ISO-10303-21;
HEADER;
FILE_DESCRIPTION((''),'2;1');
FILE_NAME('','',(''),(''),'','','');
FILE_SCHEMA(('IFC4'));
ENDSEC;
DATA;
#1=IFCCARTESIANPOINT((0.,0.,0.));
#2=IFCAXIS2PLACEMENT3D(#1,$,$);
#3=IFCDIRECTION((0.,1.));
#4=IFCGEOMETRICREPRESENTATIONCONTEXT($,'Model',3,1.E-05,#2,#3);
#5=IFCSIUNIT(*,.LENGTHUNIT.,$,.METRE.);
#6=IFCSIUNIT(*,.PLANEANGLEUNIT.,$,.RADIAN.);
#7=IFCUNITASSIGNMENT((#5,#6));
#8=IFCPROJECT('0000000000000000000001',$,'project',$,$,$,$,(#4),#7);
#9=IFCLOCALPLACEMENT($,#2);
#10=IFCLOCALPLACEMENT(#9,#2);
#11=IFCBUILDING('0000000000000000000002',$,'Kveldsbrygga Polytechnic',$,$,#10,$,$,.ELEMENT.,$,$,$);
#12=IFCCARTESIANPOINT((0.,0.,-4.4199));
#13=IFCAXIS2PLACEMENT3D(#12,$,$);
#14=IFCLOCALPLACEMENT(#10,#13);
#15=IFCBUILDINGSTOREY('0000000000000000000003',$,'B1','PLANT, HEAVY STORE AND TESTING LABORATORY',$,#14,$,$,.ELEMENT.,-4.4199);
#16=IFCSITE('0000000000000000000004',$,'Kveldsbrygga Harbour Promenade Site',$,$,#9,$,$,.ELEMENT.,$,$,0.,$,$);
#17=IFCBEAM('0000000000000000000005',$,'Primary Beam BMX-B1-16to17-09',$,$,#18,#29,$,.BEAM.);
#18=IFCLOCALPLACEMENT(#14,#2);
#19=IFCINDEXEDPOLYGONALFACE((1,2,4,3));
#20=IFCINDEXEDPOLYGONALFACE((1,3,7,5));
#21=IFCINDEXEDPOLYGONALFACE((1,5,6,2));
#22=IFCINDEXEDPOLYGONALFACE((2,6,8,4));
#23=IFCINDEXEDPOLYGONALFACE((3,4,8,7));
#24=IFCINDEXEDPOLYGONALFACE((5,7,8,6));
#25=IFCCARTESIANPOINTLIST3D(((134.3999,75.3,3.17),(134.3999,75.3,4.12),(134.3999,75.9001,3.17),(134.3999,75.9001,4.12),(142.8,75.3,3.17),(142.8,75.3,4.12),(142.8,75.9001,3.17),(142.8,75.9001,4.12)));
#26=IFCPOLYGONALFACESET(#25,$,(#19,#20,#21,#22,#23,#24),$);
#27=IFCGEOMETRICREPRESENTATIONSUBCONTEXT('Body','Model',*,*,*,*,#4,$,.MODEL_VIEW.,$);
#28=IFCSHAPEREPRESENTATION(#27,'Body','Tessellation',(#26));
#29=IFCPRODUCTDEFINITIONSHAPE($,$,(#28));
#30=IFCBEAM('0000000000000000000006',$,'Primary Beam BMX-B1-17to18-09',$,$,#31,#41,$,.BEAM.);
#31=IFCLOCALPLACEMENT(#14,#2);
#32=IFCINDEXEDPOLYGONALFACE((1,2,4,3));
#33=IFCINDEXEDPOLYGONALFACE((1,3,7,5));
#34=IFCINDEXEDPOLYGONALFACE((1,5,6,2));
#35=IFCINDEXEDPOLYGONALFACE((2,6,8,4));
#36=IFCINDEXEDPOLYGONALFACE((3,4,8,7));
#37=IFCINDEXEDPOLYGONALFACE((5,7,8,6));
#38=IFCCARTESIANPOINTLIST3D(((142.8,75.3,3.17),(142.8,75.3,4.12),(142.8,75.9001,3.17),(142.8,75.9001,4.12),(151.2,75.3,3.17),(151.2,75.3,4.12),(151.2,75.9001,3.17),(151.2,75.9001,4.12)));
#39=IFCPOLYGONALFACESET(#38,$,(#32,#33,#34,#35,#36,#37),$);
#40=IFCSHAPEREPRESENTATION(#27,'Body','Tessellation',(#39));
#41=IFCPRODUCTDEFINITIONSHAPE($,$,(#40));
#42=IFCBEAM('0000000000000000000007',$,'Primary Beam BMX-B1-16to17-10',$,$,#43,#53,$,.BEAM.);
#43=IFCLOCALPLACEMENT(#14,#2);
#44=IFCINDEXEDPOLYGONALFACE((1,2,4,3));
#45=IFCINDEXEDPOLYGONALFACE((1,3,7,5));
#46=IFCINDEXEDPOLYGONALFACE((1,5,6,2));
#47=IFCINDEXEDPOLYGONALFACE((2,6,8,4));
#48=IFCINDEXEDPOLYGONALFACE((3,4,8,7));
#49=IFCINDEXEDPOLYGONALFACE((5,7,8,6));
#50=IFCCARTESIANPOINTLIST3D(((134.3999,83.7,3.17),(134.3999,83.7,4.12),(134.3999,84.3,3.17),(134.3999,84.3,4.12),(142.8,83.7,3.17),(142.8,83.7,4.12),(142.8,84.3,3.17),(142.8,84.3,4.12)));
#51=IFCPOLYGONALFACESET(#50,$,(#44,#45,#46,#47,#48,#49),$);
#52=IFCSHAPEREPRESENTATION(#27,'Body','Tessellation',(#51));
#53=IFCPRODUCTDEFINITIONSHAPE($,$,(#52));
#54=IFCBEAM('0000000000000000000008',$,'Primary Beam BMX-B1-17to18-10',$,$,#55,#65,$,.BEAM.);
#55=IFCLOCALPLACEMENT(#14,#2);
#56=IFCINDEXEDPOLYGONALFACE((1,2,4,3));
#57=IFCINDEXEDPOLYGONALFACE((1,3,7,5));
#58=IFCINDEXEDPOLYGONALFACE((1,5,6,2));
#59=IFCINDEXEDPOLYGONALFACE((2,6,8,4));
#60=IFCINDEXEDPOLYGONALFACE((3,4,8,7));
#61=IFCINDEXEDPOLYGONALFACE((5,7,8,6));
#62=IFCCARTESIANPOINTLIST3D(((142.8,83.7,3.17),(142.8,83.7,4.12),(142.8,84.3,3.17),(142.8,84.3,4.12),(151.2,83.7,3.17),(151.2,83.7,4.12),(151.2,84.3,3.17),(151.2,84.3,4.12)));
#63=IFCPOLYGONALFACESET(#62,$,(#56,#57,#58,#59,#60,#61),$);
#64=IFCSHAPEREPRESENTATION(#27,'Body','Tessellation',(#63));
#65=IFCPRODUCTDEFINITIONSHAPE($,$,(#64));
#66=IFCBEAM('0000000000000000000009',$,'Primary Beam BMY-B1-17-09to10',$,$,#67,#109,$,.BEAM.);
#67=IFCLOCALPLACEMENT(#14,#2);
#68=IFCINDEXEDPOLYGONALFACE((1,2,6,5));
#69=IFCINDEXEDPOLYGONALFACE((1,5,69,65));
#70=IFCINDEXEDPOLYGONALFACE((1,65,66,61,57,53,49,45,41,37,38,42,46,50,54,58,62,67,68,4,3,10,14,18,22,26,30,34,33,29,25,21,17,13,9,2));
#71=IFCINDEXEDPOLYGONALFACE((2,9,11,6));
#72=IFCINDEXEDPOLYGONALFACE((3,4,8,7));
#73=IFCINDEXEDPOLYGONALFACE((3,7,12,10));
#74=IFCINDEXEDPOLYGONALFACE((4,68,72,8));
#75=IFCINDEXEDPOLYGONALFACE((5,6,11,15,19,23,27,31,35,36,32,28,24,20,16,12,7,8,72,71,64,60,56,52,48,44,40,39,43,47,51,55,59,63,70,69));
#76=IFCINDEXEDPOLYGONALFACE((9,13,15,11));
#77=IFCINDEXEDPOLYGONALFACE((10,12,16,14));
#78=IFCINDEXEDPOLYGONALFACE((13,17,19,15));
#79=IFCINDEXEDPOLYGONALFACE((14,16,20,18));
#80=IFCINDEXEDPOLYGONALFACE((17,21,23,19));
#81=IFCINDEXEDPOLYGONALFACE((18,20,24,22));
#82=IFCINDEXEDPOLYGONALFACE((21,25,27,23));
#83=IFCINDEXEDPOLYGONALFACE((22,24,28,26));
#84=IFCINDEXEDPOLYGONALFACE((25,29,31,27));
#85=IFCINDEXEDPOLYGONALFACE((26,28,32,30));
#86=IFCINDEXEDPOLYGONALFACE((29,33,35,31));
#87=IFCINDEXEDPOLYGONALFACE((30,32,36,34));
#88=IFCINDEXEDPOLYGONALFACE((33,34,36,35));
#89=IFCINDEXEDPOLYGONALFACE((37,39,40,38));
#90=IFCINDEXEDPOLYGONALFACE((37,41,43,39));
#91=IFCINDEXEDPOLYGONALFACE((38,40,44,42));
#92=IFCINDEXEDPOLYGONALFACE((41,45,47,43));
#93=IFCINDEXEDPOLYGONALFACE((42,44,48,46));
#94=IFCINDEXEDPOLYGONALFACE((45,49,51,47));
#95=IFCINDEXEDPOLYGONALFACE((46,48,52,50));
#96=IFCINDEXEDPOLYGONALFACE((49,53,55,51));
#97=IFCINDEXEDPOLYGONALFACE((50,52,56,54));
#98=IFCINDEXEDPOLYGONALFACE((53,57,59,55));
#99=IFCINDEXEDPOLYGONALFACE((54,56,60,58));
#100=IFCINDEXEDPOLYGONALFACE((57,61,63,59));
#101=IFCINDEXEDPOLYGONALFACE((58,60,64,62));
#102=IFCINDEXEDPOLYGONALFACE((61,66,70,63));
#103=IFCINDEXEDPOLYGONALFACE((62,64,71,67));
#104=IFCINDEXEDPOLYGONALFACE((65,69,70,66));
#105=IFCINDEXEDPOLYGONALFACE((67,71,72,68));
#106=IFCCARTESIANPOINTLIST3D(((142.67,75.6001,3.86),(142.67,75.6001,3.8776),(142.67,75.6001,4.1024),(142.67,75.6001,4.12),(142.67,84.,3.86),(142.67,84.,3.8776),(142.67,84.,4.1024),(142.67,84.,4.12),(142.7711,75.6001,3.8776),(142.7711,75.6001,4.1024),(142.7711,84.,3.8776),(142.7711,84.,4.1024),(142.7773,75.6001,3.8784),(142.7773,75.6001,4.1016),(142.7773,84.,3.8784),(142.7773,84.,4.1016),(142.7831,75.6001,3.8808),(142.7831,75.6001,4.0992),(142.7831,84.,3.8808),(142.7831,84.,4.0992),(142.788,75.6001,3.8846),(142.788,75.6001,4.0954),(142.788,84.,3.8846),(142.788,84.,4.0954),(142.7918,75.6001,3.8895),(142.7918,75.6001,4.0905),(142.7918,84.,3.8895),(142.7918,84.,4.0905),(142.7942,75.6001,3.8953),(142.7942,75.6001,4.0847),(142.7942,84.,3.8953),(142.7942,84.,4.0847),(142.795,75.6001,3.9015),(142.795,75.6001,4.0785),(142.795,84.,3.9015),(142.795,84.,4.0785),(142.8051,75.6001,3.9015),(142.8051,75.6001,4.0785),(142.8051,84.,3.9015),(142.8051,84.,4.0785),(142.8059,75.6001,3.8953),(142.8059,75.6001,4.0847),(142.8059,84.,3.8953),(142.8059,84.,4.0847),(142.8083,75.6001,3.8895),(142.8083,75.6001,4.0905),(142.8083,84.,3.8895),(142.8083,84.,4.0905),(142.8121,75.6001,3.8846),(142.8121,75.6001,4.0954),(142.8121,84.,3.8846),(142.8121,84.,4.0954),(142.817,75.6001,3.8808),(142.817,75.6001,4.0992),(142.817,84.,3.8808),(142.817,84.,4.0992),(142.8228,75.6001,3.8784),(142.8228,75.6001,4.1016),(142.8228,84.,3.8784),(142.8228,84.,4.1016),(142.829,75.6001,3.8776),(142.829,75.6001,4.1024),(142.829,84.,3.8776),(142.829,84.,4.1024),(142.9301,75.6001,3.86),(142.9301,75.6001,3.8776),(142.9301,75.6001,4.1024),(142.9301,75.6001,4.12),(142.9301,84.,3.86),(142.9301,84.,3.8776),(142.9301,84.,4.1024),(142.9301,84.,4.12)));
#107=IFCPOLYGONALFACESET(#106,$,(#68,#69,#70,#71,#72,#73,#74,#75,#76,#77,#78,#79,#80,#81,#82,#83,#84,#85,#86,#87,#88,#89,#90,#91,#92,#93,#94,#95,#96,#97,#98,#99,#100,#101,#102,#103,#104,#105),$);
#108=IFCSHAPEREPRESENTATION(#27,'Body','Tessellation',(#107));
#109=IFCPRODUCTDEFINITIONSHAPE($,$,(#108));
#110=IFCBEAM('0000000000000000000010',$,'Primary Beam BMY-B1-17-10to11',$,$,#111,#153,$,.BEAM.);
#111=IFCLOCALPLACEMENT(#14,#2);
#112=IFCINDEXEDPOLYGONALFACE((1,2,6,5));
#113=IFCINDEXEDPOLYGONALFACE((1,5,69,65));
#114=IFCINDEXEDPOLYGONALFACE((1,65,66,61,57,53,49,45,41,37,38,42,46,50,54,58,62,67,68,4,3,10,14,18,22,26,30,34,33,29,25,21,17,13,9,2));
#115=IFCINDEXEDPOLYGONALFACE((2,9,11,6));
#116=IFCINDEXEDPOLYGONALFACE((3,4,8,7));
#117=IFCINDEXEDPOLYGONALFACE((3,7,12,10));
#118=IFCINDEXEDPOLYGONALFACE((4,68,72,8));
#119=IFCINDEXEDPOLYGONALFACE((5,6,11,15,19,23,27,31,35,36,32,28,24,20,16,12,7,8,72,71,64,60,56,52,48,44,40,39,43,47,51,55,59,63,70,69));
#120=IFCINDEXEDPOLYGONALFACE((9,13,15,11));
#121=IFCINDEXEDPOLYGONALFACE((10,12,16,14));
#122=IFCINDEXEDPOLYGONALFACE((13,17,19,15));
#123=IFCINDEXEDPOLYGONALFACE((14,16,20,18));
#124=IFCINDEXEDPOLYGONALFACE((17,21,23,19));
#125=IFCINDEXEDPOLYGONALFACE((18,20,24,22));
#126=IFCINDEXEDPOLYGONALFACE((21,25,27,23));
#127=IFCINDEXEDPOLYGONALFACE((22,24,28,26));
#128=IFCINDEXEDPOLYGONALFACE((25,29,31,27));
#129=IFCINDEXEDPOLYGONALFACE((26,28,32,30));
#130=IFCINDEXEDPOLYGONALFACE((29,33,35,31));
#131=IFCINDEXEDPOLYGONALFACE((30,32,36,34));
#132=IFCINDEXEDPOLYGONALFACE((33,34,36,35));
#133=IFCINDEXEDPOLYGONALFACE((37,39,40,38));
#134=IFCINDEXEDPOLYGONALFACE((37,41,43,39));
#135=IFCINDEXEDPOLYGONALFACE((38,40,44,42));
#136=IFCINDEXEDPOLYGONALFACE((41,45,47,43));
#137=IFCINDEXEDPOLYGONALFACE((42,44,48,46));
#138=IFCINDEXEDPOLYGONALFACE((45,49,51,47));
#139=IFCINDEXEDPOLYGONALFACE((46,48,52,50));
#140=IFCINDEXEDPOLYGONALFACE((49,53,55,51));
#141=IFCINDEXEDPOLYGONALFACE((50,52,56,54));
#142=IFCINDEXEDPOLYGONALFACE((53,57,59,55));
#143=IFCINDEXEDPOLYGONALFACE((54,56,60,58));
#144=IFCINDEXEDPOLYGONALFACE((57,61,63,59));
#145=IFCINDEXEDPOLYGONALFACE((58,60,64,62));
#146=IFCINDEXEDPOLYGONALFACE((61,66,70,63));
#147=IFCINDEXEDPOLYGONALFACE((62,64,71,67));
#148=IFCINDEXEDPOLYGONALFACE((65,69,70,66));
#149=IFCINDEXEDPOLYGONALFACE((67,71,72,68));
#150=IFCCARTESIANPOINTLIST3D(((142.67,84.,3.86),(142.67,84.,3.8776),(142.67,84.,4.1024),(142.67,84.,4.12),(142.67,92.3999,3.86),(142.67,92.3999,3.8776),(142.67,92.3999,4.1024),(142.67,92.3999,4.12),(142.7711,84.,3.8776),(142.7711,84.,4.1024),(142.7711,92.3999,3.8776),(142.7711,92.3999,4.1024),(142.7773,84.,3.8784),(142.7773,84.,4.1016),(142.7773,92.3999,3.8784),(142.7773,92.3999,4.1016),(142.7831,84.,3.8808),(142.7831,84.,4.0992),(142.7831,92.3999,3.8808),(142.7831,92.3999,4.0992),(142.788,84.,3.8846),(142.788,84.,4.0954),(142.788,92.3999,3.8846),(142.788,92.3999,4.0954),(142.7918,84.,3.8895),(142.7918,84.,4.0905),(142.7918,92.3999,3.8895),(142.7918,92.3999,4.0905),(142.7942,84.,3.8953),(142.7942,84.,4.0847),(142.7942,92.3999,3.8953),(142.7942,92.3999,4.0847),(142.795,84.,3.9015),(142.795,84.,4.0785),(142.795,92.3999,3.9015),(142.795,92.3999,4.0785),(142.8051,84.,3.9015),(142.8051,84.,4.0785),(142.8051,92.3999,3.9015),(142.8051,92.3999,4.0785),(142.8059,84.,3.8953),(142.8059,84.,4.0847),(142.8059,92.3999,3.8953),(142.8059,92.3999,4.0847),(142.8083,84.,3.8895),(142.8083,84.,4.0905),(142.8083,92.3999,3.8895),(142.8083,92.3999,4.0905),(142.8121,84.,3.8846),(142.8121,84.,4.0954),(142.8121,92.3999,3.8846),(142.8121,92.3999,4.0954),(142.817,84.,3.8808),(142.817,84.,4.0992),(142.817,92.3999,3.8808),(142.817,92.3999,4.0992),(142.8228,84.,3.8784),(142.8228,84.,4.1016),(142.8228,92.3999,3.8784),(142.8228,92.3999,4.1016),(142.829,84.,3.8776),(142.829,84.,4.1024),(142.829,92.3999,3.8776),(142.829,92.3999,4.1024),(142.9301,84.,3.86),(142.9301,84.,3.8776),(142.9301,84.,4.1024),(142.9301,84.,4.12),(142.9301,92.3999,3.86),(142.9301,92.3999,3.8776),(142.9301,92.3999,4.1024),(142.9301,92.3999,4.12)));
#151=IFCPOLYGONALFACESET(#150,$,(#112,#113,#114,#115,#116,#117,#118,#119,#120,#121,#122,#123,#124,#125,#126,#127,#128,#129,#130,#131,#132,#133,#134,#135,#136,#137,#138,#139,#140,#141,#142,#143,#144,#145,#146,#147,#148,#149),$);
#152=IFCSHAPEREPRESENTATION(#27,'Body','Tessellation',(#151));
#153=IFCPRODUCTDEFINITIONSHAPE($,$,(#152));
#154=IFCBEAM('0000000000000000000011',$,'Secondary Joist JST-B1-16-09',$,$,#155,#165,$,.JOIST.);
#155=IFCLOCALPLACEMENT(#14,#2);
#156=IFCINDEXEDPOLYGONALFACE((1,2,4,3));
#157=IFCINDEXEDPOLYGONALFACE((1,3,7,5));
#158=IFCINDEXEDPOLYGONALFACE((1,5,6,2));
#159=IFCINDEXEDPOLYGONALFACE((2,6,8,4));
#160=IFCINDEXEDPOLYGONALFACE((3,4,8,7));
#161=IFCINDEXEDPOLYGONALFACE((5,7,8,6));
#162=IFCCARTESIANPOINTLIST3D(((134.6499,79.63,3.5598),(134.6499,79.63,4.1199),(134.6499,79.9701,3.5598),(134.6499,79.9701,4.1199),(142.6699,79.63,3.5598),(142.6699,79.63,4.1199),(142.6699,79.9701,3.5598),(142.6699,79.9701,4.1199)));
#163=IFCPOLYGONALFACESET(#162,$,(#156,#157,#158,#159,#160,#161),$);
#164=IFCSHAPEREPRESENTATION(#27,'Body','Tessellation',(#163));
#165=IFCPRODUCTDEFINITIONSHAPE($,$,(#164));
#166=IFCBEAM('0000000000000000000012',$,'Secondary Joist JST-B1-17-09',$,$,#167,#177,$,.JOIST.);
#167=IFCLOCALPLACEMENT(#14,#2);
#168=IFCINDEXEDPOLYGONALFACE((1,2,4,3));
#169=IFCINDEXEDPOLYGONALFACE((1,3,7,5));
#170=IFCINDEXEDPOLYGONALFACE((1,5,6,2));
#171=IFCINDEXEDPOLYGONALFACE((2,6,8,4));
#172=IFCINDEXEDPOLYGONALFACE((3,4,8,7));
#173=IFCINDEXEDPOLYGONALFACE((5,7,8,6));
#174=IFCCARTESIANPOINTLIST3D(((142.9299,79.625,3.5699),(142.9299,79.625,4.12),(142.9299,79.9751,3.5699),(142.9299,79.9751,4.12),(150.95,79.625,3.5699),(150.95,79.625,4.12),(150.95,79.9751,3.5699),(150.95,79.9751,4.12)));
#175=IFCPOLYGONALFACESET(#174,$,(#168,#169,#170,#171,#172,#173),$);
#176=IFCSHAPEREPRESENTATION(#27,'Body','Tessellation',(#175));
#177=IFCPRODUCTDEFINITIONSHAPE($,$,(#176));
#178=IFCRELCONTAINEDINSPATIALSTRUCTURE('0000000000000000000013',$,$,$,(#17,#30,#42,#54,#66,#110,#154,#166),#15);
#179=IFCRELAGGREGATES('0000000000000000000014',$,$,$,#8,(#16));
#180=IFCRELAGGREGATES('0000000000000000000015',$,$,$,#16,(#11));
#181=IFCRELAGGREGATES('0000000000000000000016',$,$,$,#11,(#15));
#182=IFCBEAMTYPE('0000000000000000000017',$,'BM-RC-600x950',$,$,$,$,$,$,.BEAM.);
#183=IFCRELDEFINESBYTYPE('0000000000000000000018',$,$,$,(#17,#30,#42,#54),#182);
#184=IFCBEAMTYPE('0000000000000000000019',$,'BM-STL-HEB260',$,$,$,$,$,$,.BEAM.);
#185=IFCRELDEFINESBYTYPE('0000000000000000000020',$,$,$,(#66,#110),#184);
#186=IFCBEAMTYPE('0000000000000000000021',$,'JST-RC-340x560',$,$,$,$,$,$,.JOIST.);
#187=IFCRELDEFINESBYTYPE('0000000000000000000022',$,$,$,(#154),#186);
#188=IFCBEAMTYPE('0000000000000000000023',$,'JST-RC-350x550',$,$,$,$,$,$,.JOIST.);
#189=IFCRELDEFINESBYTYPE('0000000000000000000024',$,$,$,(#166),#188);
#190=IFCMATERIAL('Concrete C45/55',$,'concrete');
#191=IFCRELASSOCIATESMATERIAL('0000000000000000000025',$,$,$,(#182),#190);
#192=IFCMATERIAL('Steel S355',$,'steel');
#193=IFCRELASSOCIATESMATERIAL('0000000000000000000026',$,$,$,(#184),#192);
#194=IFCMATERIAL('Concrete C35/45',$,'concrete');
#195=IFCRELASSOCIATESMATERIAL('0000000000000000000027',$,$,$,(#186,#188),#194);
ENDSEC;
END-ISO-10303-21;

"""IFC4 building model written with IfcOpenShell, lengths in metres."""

from ifc_helpers import new_model, si_unit, direction, frame, origin, origin_2d, place, context, subcontext, project, spatial, rectangle, i_section, extrude, material, material_profile, profile_set, type_object, element, save


model = new_model("IFC4")

# Units and contexts
model_context = context("Model", 3, precision=1e-05, world=origin(), true_north=direction((0.0, 1.0)))
body_context = subcontext(model_context, "Body", "Model", "MODEL_VIEW")
ifc_project = project(units=[si_unit("LENGTHUNIT", "METRE"), si_unit("PLANEANGLEUNIT", "RADIAN")], contexts=[model_context])

# Site, building, storey
site_placement = place(None, origin())
site = spatial("IfcSite", under=ifc_project, at=site_placement, Name="Kveldsbrygga Harbour Promenade Site", CompositionType="ELEMENT", RefElevation=0.0)
building_placement = place(site_placement, origin())
building = spatial("IfcBuilding", under=site, at=building_placement, Name="Kveldsbrygga Polytechnic", CompositionType="ELEMENT")
storey_placement = place(building_placement, frame((0.0, 0.0, -4.4199)))
storey = spatial("IfcBuildingStorey", under=building, at=storey_placement, Name="B1", Description="PLANT, HEAVY STORE AND TESTING LABORATORY", CompositionType="ELEMENT", Elevation=-4.4199)

# Shared definitions
ifc_material_1 = material(Name="Concrete C45/55", Category="concrete")

# Beams
ifc_material_2 = material(Name="Concrete C35/45", Category="concrete")
ifc_material_profile_1 = material_profile(ifc_material_1, rectangle(XDim=0.6001, YDim=0.95, at=origin_2d()), Name="RC 600x950")
ifc_profile_set_1 = profile_set([ifc_material_profile_1], Name="Concrete C45/55")
beam_type_1 = type_object("IfcBeamType", Name="BM-RC-600x950", PredefinedType="BEAM", material=ifc_profile_set_1)
beam_1_placement = place(storey_placement, frame((134.3999, 75.6001, 3.645), z_axis=(1.0, 0.0, 0.0), x_axis=(0.0, 1.0, 0.0)))
element("IfcBeam", 1, at=beam_1_placement, inside=storey, type_object=beam_type_1, Name="Primary Beam BMX-B1-16to17-09", PredefinedType="BEAM", context=body_context, shape_type="SweptSolid", body=[
    extrude(rectangle(XDim=0.6001, YDim=0.95, at=origin_2d()), origin(), (0.0, 0.0, 1.0), 8.4001),
])
beam_2_placement = place(storey_placement, frame((142.8, 75.6001, 3.645), z_axis=(1.0, 0.0, 0.0), x_axis=(0.0, 1.0, 0.0)))
element("IfcBeam", 2, at=beam_2_placement, inside=storey, type_object=beam_type_1, Name="Primary Beam BMX-B1-17to18-09", PredefinedType="BEAM", context=body_context, shape_type="SweptSolid", body=[
    extrude(rectangle(XDim=0.6001, YDim=0.95, at=origin_2d()), origin(), (0.0, 0.0, 1.0), 8.3999),
])
beam_3_placement = place(storey_placement, frame((134.3999, 84.0, 3.645), z_axis=(1.0, 0.0, 0.0), x_axis=(0.0, 1.0, 0.0)))
element("IfcBeam", 3, at=beam_3_placement, inside=storey, type_object=beam_type_1, Name="Primary Beam BMX-B1-16to17-10", PredefinedType="BEAM", context=body_context, shape_type="SweptSolid", body=[
    extrude(rectangle(XDim=0.6001, YDim=0.95, at=origin_2d()), origin(), (0.0, 0.0, 1.0), 8.4001),
])
beam_4_placement = place(storey_placement, frame((142.8, 84.0, 3.645), z_axis=(1.0, 0.0, 0.0), x_axis=(0.0, 1.0, 0.0)))
element("IfcBeam", 4, at=beam_4_placement, inside=storey, type_object=beam_type_1, Name="Primary Beam BMX-B1-17to18-10", PredefinedType="BEAM", context=body_context, shape_type="SweptSolid", body=[
    extrude(rectangle(XDim=0.6001, YDim=0.95, at=origin_2d()), origin(), (0.0, 0.0, 1.0), 8.3999),
])
ifc_material_3 = material(Name="Steel S355", Category="steel")
ifc_material_profile_2 = material_profile(ifc_material_3, i_section(OverallWidth=0.26, OverallDepth=0.26, WebThickness=0.01, FlangeThickness=0.0176, FilletRadius=0.0239, at=origin_2d()), Name="HEB 260")
ifc_profile_set_2 = profile_set([ifc_material_profile_2], Name="Steel S355")
beam_type_2 = type_object("IfcBeamType", Name="BM-STL-HEB260", PredefinedType="BEAM", material=ifc_profile_set_2)
for number, where, z_axis, x_axis, name in (
    (5, (142.8, 75.6001, 3.99), (0.0, 1.0, 0.0), (-1.0, 0.0, 0.0), "Primary Beam BMY-B1-17-09to10"),
    (6, (142.8, 84.0, 3.99), (0.0, 1.0, 0.0), (-1.0, 0.0, 0.0), "Primary Beam BMY-B1-17-10to11"),
):
    element("IfcBeam", number, at=place(storey_placement, frame(where, z_axis=z_axis, x_axis=x_axis)), inside=storey, type_object=beam_type_2, Name=name, PredefinedType="BEAM", context=body_context, shape_type="SweptSolid", body=[
        extrude(i_section(OverallWidth=0.26, OverallDepth=0.26, WebThickness=0.01, FlangeThickness=0.0176, FilletRadius=0.0239, at=origin_2d()), origin(), (0.0, 0.0, 1.0), 8.3999),
    ])
ifc_material_profile_3 = material_profile(ifc_material_2, rectangle(XDim=0.3401, YDim=0.5601, at=origin_2d()), Name="RC 340x560")
ifc_profile_set_3 = profile_set([ifc_material_profile_3], Name="Concrete C35/45")
beam_type_3 = type_object("IfcBeamType", Name="JST-RC-340x560", PredefinedType="JOIST", material=ifc_profile_set_3)
beam_5_placement = place(storey_placement, frame((134.6499, 79.8, 3.8398), z_axis=(1.0, 0.0, 0.0), x_axis=(0.0, 1.0, 0.0)))
element("IfcBeam", 7, at=beam_5_placement, inside=storey, type_object=beam_type_3, Name="Secondary Joist JST-B1-16-09", PredefinedType="JOIST", context=body_context, shape_type="SweptSolid", body=[
    extrude(rectangle(XDim=0.3401, YDim=0.5601, at=origin_2d()), origin(), (0.0, 0.0, 1.0), 8.02),
])
ifc_material_profile_4 = material_profile(ifc_material_2, rectangle(XDim=0.3501, YDim=0.55, at=origin_2d()), Name="RC 350x550")
ifc_profile_set_4 = profile_set([ifc_material_profile_4], Name="Concrete C35/45")
beam_type_4 = type_object("IfcBeamType", Name="JST-RC-350x550", PredefinedType="JOIST", material=ifc_profile_set_4)
beam_6_placement = place(storey_placement, frame((142.9299, 79.8, 3.845), z_axis=(1.0, 0.0, 0.0), x_axis=(0.0, 1.0, 0.0)))
element("IfcBeam", 8, at=beam_6_placement, inside=storey, type_object=beam_type_4, Name="Secondary Joist JST-B1-17-09", PredefinedType="JOIST", context=body_context, shape_type="SweptSolid", body=[
    extrude(rectangle(XDim=0.3501, YDim=0.55, at=origin_2d()), origin(), (0.0, 0.0, 1.0), 8.02),
])

save(model, "model.ifc")
